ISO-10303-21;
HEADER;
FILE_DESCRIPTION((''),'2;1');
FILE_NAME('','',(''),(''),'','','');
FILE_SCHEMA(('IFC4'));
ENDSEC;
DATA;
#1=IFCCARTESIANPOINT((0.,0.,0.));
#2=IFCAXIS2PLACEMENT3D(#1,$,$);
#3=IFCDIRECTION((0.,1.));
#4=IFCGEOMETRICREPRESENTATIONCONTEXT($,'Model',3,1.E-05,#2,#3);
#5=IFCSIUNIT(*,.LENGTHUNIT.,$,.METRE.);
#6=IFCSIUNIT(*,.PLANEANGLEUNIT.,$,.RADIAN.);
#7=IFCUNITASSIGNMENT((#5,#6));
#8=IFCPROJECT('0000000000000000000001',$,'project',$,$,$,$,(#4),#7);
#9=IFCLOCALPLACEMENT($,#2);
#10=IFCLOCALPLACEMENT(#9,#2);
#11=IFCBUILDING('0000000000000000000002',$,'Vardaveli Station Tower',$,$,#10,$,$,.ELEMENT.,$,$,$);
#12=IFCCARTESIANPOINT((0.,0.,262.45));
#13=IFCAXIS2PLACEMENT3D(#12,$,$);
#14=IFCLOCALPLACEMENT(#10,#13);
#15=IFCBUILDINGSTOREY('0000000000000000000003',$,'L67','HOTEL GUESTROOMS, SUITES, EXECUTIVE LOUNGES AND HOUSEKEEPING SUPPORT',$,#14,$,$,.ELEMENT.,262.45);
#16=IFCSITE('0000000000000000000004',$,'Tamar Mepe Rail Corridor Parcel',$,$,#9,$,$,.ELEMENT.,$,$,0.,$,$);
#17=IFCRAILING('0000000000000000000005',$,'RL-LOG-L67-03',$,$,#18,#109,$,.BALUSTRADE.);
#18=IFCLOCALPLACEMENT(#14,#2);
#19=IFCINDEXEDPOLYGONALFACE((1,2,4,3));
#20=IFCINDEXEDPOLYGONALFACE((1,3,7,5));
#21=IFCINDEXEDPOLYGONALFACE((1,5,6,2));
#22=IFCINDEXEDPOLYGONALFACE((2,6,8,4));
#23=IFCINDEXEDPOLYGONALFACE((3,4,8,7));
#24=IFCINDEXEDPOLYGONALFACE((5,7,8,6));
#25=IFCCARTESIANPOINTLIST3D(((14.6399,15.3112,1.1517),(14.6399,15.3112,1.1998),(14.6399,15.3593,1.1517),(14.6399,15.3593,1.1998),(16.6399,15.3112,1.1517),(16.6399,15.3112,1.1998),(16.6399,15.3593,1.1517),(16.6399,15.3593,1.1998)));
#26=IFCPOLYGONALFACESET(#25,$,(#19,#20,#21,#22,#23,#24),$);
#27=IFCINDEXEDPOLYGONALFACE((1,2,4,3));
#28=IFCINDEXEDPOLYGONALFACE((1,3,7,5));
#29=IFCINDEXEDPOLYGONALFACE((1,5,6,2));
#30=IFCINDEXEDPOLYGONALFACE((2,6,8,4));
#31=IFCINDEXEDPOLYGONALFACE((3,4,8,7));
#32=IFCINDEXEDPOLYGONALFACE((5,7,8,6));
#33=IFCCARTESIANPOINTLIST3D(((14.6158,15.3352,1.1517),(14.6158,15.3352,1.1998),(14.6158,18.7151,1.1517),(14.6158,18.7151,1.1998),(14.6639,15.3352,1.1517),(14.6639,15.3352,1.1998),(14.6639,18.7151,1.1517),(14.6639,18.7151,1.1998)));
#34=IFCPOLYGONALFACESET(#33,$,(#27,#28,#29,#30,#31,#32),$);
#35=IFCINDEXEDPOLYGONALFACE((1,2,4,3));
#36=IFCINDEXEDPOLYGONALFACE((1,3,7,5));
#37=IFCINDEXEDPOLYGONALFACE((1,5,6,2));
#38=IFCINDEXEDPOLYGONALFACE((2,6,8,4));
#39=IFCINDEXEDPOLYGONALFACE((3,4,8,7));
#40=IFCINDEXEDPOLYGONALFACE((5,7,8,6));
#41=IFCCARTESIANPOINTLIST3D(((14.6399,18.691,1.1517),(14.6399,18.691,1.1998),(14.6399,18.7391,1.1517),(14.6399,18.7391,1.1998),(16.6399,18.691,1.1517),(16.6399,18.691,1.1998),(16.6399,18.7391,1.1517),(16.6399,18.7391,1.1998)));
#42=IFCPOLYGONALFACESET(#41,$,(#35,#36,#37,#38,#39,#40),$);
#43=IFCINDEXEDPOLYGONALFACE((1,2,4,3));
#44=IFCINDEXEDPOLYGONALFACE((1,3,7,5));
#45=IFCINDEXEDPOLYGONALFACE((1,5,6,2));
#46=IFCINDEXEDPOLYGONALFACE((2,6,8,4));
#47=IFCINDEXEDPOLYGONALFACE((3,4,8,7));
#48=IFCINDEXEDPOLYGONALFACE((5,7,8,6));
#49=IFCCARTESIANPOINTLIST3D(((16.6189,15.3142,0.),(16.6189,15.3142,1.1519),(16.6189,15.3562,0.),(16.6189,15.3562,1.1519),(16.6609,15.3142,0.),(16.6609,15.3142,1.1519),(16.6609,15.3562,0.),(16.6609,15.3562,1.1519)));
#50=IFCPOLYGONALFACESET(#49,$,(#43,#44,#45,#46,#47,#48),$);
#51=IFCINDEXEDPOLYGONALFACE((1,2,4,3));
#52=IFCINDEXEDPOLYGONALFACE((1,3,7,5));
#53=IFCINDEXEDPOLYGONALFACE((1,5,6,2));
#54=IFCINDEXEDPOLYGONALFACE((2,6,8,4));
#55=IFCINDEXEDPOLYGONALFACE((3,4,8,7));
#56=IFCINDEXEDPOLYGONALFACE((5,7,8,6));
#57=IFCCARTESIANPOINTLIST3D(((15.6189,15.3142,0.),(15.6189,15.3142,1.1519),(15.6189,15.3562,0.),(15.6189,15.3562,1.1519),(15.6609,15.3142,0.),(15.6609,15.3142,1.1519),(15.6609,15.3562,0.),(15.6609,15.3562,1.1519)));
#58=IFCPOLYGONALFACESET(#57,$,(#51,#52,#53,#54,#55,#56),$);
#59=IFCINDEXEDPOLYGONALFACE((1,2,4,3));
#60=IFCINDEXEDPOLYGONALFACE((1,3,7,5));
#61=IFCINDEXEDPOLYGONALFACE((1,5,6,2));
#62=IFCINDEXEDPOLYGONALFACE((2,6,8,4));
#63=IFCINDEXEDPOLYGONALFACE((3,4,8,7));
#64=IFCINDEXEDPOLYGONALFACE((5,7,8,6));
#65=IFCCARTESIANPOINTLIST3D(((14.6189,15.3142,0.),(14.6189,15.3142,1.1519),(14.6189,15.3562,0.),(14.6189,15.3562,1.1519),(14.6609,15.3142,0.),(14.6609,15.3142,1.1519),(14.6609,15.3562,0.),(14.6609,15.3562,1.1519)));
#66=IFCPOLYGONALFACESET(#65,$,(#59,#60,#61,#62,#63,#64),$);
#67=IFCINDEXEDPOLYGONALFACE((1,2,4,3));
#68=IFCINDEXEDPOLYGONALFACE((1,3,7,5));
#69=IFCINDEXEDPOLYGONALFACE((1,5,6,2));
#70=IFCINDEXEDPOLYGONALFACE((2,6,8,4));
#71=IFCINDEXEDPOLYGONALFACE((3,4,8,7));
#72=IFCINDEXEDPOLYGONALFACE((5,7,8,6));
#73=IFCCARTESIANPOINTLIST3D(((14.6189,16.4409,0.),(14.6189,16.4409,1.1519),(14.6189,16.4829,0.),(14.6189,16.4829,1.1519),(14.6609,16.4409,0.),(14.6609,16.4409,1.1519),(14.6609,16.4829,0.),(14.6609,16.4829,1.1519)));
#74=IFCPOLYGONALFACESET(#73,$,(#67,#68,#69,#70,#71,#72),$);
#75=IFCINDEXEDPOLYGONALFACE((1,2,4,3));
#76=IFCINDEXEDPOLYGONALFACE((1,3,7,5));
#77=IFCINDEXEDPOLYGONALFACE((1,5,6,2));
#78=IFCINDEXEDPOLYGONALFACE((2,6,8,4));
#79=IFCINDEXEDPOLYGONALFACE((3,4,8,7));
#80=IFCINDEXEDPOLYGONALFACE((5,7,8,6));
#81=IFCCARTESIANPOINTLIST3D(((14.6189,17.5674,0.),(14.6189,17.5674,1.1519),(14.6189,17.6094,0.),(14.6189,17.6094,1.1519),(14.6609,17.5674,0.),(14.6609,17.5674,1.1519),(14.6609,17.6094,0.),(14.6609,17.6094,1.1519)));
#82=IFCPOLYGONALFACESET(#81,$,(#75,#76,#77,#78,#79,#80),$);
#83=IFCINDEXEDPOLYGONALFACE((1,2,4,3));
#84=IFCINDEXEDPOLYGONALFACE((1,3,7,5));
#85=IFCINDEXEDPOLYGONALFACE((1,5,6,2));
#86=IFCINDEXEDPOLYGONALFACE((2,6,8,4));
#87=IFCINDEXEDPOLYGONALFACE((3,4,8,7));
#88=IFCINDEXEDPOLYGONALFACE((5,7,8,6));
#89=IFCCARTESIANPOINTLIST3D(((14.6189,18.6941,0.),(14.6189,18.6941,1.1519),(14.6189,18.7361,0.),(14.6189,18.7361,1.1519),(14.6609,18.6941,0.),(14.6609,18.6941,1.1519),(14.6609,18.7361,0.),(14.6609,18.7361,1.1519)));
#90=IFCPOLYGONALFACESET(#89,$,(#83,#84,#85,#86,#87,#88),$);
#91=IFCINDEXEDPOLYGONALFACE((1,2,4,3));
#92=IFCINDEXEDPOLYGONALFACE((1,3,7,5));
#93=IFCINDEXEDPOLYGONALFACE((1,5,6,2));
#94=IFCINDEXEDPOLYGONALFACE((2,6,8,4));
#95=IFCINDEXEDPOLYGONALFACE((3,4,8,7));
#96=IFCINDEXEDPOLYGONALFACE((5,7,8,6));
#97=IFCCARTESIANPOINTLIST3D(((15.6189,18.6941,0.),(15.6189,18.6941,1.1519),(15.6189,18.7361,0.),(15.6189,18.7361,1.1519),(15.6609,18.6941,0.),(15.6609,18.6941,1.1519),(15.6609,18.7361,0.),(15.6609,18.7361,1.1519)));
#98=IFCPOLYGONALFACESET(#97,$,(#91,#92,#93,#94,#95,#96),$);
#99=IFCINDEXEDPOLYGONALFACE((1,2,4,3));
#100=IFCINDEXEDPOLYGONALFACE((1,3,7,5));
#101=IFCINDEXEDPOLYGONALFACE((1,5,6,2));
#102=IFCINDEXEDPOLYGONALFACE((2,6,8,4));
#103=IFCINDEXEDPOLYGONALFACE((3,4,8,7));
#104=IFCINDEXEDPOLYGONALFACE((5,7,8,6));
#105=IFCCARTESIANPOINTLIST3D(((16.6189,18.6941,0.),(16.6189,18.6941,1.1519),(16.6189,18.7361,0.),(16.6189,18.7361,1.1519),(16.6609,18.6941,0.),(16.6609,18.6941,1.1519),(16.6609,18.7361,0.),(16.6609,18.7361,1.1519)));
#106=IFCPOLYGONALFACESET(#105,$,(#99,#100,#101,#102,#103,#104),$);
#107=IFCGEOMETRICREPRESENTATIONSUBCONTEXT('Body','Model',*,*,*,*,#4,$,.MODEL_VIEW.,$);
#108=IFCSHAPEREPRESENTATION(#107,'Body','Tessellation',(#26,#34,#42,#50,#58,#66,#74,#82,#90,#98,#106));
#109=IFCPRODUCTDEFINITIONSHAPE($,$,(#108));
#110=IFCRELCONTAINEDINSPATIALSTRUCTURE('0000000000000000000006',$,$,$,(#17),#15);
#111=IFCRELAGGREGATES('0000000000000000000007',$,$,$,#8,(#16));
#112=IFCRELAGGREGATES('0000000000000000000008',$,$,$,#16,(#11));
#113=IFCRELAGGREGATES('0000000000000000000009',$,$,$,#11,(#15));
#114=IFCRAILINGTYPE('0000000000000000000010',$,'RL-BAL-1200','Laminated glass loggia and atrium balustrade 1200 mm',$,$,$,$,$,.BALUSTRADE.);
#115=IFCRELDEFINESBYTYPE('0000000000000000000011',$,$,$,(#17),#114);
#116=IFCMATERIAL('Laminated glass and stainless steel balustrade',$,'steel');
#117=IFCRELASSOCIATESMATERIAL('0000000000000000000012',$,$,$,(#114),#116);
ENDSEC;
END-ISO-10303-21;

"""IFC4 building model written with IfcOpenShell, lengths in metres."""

from ifc_helpers import new_model, si_unit, direction, frame, origin, origin_2d, place, context, subcontext, project, spatial, rectangle, extrude, source, transform, mapped, material, type_object, element, save


model = new_model("IFC4")

# Units and contexts
model_context = context("Model", 3, precision=1e-05, world=origin(), true_north=direction((0.0, 1.0)))
body_context = subcontext(model_context, "Body", "Model", "MODEL_VIEW")
ifc_project = project(units=[si_unit("LENGTHUNIT", "METRE"), si_unit("PLANEANGLEUNIT", "RADIAN")], contexts=[model_context])

# Site, building, storey
site_placement = place(None, origin())
site = spatial("IfcSite", under=ifc_project, at=site_placement, Name="Tamar Mepe Rail Corridor Parcel", CompositionType="ELEMENT", RefElevation=0.0)
building_placement = place(site_placement, origin())
building = spatial("IfcBuilding", under=site, at=building_placement, Name="Vardaveli Station Tower", CompositionType="ELEMENT")
storey_placement = place(building_placement, frame((0.0, 0.0, 262.45)))
storey = spatial("IfcBuildingStorey", under=building, at=storey_placement, Name="L67", Description="HOTEL GUESTROOMS, SUITES, EXECUTIVE LOUNGES AND HOUSEKEEPING SUPPORT", CompositionType="ELEMENT", Elevation=262.45)

# Railing
ifc_material_1 = material(Name="Laminated glass and stainless steel balustrade", Category="steel")
railing_type = type_object("IfcRailingType", Name="RL-BAL-1200", Description="Laminated glass loggia and atrium balustrade 1200 mm", PredefinedType="BALUSTRADE", material=ifc_material_1)
shared_shape_1 = source(origin(), body_context, "Body", "SweptSolid", [
    extrude(rectangle(XDim=0.0481, YDim=0.0481, at=origin_2d()), frame((0.0, 0.0, 1.1758), z_axis=(-1.0, 0.0, 0.0), x_axis=(0.0, -1.0, 0.0)), (0.0, 0.0, 1.0), 2.0),
    extrude(rectangle(XDim=0.0481, YDim=0.0481, at=origin_2d()), frame((-2.0, 0.0, 1.1758), z_axis=(0.0, 1.0, 0.0), x_axis=(-1.0, 0.0, 0.0)), (0.0, 0.0, 1.0), 3.3799),
    extrude(rectangle(XDim=0.0481, YDim=0.0481, at=origin_2d()), frame((-2.0, 3.3799, 1.1758), z_axis=(1.0, 0.0, 0.0), x_axis=(0.0, 1.0, 0.0)), (0.0, 0.0, 1.0), 2.0),
    extrude(rectangle(XDim=0.042, YDim=0.042, at=origin_2d()), origin(), (0.0, 0.0, 1.0), 1.1519),
    extrude(rectangle(XDim=0.042, YDim=0.042, at=origin_2d()), frame((-1.0, 0.0, 0.0)), (0.0, 0.0, 1.0), 1.1519),
    extrude(rectangle(XDim=0.042, YDim=0.042, at=origin_2d()), frame((-2.0, 0.0, 0.0)), (0.0, 0.0, 1.0), 1.1519),
    extrude(rectangle(XDim=0.042, YDim=0.042, at=origin_2d()), frame((-2.0, 1.1267, 0.0)), (0.0, 0.0, 1.0), 1.1519),
    extrude(rectangle(XDim=0.042, YDim=0.042, at=origin_2d()), frame((-2.0, 2.2532, 0.0)), (0.0, 0.0, 1.0), 1.1519),
    extrude(rectangle(XDim=0.042, YDim=0.042, at=origin_2d()), frame((-2.0, 3.3799, 0.0)), (0.0, 0.0, 1.0), 1.1519),
    extrude(rectangle(XDim=0.042, YDim=0.042, at=origin_2d()), frame((-1.0, 3.3799, 0.0)), (0.0, 0.0, 1.0), 1.1519),
    extrude(rectangle(XDim=0.042, YDim=0.042, at=origin_2d()), frame((0.0, 3.3799, 0.0)), (0.0, 0.0, 1.0), 1.1519),
])
railing_placement = place(storey_placement, frame((16.6399, 15.3352, 0.0)))
element("IfcRailing", 1, at=railing_placement, inside=storey, type_object=railing_type, Name="RL-LOG-L67-03", PredefinedType="BALUSTRADE", context=body_context, shape_type="MappedRepresentation", body=[
    mapped(shared_shape_1, transform((0.0, 0.0, 0.0), scale=1.0)),
])

save(model, "model.ifc")
